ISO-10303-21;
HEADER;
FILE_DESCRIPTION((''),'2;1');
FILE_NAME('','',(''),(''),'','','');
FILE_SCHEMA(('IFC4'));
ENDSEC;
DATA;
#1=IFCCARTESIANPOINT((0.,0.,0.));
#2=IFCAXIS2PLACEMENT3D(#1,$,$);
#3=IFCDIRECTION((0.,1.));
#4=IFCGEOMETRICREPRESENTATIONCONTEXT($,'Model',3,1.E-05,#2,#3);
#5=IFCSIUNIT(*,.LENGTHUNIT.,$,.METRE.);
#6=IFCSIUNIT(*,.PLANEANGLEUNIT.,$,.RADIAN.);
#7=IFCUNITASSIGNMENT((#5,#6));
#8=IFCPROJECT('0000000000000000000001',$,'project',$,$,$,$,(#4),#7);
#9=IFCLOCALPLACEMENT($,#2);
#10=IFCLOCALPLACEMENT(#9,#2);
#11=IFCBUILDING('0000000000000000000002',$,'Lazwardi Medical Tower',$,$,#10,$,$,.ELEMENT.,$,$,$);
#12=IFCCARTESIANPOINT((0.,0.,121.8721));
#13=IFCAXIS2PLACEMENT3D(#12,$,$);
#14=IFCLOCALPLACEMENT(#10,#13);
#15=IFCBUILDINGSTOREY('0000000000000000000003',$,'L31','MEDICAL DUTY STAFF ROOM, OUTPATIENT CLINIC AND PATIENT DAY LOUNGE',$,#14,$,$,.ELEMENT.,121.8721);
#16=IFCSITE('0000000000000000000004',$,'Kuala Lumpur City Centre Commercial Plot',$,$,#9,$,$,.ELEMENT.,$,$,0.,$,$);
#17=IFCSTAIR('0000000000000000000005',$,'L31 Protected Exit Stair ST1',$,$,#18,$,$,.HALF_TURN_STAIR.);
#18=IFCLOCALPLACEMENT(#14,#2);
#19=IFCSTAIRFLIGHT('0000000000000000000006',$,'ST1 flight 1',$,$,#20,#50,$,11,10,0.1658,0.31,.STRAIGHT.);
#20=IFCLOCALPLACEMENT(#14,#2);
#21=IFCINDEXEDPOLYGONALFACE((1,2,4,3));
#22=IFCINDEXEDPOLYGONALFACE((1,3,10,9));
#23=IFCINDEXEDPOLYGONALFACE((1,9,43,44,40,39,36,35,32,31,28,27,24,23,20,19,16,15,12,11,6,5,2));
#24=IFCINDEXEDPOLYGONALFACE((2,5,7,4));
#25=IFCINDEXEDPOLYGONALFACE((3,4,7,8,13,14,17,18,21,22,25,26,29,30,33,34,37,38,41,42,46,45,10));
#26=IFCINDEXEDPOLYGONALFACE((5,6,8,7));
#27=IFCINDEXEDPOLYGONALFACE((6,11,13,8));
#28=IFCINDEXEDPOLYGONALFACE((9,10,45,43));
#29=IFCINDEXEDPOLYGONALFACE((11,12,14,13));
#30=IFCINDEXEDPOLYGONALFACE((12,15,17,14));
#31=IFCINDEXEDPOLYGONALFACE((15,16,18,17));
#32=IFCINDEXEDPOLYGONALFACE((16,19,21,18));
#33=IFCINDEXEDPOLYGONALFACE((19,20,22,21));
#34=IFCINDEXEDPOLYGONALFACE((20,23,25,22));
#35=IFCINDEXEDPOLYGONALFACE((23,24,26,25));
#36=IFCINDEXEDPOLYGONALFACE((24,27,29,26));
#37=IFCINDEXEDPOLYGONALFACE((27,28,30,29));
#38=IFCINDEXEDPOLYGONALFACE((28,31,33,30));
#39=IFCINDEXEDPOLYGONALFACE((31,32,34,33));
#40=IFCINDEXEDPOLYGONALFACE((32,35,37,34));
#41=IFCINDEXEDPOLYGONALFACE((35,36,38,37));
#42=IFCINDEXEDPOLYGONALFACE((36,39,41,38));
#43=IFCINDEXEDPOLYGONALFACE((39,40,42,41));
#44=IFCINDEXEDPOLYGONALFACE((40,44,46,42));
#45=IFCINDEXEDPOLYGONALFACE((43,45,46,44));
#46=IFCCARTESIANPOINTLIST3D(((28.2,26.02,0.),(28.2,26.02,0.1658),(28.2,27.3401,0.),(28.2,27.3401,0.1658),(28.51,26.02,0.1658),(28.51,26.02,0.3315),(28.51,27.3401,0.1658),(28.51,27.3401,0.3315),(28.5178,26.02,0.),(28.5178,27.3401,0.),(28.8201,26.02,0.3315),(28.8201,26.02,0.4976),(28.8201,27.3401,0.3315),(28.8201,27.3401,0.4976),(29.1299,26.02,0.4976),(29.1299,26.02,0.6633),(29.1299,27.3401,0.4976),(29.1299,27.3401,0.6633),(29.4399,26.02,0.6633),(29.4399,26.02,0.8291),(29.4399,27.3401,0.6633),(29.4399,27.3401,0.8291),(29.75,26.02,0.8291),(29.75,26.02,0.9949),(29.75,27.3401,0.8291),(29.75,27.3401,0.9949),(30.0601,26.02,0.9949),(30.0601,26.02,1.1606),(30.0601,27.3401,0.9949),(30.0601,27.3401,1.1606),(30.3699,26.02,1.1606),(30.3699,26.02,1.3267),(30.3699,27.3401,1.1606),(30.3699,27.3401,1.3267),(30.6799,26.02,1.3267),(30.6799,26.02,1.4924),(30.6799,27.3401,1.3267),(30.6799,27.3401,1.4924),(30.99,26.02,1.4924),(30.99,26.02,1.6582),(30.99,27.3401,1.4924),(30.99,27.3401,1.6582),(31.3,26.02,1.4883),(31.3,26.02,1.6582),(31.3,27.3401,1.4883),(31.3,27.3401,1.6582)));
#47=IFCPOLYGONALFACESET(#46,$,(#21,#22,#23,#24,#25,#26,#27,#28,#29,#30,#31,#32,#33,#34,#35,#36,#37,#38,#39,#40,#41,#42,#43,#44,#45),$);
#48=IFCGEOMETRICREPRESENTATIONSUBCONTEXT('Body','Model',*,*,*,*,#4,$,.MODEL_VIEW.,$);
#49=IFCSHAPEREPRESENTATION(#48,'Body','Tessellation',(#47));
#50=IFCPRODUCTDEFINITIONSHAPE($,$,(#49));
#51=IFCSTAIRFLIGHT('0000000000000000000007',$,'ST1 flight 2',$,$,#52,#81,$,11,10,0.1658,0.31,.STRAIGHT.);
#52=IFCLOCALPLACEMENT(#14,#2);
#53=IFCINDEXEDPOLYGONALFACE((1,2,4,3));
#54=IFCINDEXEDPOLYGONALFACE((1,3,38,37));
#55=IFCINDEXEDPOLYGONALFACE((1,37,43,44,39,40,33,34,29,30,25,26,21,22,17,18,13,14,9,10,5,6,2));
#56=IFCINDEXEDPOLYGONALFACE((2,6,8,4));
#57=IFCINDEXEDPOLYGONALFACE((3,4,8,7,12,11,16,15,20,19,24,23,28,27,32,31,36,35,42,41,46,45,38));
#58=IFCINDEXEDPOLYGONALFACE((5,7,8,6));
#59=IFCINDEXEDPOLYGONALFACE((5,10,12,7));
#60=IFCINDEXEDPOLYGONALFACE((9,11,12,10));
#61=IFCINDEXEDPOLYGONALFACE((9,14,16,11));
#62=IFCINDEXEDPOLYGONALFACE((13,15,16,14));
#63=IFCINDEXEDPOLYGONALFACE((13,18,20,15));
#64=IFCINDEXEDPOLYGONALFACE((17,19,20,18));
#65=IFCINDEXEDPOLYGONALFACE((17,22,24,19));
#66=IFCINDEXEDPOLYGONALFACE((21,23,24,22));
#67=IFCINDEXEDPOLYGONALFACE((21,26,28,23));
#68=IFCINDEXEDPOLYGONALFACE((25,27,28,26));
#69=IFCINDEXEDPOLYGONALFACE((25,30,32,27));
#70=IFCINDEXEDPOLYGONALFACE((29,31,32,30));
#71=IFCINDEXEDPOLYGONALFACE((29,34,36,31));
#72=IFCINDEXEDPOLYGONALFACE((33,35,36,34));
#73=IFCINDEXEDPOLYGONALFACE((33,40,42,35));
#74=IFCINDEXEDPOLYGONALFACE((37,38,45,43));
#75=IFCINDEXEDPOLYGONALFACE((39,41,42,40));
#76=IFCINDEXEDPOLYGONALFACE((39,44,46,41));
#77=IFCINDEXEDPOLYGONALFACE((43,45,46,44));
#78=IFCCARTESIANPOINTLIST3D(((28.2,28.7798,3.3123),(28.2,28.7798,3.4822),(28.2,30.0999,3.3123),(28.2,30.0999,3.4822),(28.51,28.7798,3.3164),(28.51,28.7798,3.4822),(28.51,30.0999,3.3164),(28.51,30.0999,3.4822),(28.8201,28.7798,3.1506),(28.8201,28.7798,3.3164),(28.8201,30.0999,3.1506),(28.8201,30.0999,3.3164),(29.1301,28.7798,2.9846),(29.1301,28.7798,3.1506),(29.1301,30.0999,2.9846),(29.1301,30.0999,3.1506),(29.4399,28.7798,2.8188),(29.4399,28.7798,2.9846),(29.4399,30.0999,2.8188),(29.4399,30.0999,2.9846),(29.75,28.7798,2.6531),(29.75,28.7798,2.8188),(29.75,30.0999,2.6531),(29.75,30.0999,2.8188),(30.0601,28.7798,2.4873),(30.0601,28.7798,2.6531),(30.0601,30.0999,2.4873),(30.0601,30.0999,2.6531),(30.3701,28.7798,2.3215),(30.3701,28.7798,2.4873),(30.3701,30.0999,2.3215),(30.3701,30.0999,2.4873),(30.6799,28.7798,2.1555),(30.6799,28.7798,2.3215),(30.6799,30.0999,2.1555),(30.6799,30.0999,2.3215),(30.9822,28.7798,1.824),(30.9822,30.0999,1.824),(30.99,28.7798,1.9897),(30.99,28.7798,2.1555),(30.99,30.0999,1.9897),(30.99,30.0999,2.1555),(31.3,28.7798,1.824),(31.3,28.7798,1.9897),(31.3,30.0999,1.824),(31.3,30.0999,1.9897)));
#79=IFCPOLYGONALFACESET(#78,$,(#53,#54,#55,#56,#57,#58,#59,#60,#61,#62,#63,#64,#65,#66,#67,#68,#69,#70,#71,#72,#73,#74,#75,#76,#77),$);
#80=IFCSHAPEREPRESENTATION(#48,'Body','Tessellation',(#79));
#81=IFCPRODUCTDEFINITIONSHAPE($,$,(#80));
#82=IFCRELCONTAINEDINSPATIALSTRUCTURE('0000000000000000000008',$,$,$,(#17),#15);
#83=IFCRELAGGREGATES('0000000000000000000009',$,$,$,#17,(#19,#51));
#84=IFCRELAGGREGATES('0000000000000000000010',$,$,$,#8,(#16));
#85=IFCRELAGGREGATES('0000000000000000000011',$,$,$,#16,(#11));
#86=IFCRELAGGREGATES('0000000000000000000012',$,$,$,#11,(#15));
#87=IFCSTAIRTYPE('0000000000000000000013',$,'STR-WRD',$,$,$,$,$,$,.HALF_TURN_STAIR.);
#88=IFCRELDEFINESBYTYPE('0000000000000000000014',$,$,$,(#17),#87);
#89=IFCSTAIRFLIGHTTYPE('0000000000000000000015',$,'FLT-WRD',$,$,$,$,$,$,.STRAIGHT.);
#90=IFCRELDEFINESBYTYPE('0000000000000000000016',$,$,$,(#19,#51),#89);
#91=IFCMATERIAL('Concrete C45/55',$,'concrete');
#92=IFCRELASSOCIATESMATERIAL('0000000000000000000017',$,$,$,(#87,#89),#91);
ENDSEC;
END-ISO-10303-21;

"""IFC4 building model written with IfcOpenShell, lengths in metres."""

from ifc_helpers import new_model, si_unit, direction, frame, origin, place, context, subcontext, project, spatial, polyline, outline, extrude, material, type_object, element, aggregate, save


model = new_model("IFC4")

# Units and contexts
model_context = context("Model", 3, precision=1e-05, world=origin(), true_north=direction((0.0, 1.0)))
body_context = subcontext(model_context, "Body", "Model", "MODEL_VIEW")
ifc_project = project(units=[si_unit("LENGTHUNIT", "METRE"), si_unit("PLANEANGLEUNIT", "RADIAN")], contexts=[model_context])

# Site, building, storey
site_placement = place(None, origin())
site = spatial("IfcSite", under=ifc_project, at=site_placement, Name="Kuala Lumpur City Centre Commercial Plot", CompositionType="ELEMENT", RefElevation=0.0)
building_placement = place(site_placement, origin())
building = spatial("IfcBuilding", under=site, at=building_placement, Name="Lazwardi Medical Tower", CompositionType="ELEMENT")
storey_placement = place(building_placement, frame((0.0, 0.0, 121.8721)))
storey = spatial("IfcBuildingStorey", under=building, at=storey_placement, Name="L31", Description="MEDICAL DUTY STAFF ROOM, OUTPATIENT CLINIC AND PATIENT DAY LOUNGE", CompositionType="ELEMENT", Elevation=121.8721)

# Stair, stair flights
ifc_material_1 = material(Name="Concrete C45/55", Category="concrete")
stair_type = type_object("IfcStairType", Name="STR-WRD", PredefinedType="HALF_TURN_STAIR", material=ifc_material_1)
stair_placement = place(storey_placement, origin())
stair = element("IfcStair", 1, at=stair_placement, inside=storey, type_object=stair_type, Name="L31 Protected Exit Stair ST1", PredefinedType="HALF_TURN_STAIR")
stair_flight_type = type_object("IfcStairFlightType", Name="FLT-WRD", PredefinedType="STRAIGHT", material=ifc_material_1)
stair_flight_1_placement = place(storey_placement, frame((28.2, 26.6799, 0.0), z_axis=(0.0, 0.0, 1.0), x_axis=(1.0, 0.0, 0.0)))
stair_flight_1 = element("IfcStairFlight", 2, at=stair_flight_1_placement, type_object=stair_flight_type, Name="ST1 flight 1", NumberOfRisers=11, NumberOfTreads=10, PredefinedType="STRAIGHT", RiserHeight=0.1658, TreadLength=0.31, context=body_context, shape_type="SweptSolid", body=[
    extrude(outline(polyline([(0.0, 0.0), (0.0, 0.1658), (0.3101, 0.1658), (0.3101, 0.3315), (0.6201, 0.3315), (0.6201, 0.4976), (0.9299, 0.4976), (0.9299, 0.6633), (1.24, 0.6633), (1.24, 0.8291), (1.55, 0.8291), (1.55, 0.9949), (1.8601, 0.9949), (1.8601, 1.1606), (2.1699, 1.1606), (2.1699, 1.3267), (2.48, 1.3267), (2.48, 1.4924), (2.79, 1.4924), (2.79, 1.6582), (3.1001, 1.6582), (3.1001, 1.824), (3.1001, 1.4883), (0.3179, 0.0), (0.0, 0.0)])), frame((0.0, 0.6602, 0.0), z_axis=(0.0, -1.0, 0.0), x_axis=(1.0, 0.0, 0.0)), (0.0, 0.0, 1.0), 1.3201),
])
stair_flight_2_placement = place(storey_placement, frame((31.3, 29.4399, 1.824), z_axis=(0.0, 0.0, 1.0), x_axis=(-1.0, 0.0, 0.0)))
stair_flight_2 = element("IfcStairFlight", 3, at=stair_flight_2_placement, type_object=stair_flight_type, Name="ST1 flight 2", NumberOfRisers=11, NumberOfTreads=10, PredefinedType="STRAIGHT", RiserHeight=0.1658, TreadLength=0.31, context=body_context, shape_type="SweptSolid", body=[
    extrude(outline(polyline([(0.0, 0.0), (0.0, 0.1658), (0.3101, 0.1658), (0.3101, 0.3315), (0.6201, 0.3315), (0.6201, 0.4976), (0.9299, 0.4976), (0.9299, 0.6633), (1.24, 0.6633), (1.24, 0.8291), (1.55, 0.8291), (1.55, 0.9949), (1.8601, 0.9949), (1.8601, 1.1606), (2.1699, 1.1606), (2.1699, 1.3267), (2.48, 1.3267), (2.48, 1.4924), (2.79, 1.4924), (2.79, 1.6582), (3.1001, 1.6582), (3.1001, 1.824), (3.1001, 1.4883), (0.3179, 0.0), (0.0, 0.0)])), frame((0.0, 0.6602, 0.0), z_axis=(0.0, -1.0, 0.0), x_axis=(1.0, 0.0, 0.0)), (0.0, 0.0, 1.0), 1.3201),
])
aggregate(stair, [stair_flight_1, stair_flight_2])

save(model, "model.ifc")
